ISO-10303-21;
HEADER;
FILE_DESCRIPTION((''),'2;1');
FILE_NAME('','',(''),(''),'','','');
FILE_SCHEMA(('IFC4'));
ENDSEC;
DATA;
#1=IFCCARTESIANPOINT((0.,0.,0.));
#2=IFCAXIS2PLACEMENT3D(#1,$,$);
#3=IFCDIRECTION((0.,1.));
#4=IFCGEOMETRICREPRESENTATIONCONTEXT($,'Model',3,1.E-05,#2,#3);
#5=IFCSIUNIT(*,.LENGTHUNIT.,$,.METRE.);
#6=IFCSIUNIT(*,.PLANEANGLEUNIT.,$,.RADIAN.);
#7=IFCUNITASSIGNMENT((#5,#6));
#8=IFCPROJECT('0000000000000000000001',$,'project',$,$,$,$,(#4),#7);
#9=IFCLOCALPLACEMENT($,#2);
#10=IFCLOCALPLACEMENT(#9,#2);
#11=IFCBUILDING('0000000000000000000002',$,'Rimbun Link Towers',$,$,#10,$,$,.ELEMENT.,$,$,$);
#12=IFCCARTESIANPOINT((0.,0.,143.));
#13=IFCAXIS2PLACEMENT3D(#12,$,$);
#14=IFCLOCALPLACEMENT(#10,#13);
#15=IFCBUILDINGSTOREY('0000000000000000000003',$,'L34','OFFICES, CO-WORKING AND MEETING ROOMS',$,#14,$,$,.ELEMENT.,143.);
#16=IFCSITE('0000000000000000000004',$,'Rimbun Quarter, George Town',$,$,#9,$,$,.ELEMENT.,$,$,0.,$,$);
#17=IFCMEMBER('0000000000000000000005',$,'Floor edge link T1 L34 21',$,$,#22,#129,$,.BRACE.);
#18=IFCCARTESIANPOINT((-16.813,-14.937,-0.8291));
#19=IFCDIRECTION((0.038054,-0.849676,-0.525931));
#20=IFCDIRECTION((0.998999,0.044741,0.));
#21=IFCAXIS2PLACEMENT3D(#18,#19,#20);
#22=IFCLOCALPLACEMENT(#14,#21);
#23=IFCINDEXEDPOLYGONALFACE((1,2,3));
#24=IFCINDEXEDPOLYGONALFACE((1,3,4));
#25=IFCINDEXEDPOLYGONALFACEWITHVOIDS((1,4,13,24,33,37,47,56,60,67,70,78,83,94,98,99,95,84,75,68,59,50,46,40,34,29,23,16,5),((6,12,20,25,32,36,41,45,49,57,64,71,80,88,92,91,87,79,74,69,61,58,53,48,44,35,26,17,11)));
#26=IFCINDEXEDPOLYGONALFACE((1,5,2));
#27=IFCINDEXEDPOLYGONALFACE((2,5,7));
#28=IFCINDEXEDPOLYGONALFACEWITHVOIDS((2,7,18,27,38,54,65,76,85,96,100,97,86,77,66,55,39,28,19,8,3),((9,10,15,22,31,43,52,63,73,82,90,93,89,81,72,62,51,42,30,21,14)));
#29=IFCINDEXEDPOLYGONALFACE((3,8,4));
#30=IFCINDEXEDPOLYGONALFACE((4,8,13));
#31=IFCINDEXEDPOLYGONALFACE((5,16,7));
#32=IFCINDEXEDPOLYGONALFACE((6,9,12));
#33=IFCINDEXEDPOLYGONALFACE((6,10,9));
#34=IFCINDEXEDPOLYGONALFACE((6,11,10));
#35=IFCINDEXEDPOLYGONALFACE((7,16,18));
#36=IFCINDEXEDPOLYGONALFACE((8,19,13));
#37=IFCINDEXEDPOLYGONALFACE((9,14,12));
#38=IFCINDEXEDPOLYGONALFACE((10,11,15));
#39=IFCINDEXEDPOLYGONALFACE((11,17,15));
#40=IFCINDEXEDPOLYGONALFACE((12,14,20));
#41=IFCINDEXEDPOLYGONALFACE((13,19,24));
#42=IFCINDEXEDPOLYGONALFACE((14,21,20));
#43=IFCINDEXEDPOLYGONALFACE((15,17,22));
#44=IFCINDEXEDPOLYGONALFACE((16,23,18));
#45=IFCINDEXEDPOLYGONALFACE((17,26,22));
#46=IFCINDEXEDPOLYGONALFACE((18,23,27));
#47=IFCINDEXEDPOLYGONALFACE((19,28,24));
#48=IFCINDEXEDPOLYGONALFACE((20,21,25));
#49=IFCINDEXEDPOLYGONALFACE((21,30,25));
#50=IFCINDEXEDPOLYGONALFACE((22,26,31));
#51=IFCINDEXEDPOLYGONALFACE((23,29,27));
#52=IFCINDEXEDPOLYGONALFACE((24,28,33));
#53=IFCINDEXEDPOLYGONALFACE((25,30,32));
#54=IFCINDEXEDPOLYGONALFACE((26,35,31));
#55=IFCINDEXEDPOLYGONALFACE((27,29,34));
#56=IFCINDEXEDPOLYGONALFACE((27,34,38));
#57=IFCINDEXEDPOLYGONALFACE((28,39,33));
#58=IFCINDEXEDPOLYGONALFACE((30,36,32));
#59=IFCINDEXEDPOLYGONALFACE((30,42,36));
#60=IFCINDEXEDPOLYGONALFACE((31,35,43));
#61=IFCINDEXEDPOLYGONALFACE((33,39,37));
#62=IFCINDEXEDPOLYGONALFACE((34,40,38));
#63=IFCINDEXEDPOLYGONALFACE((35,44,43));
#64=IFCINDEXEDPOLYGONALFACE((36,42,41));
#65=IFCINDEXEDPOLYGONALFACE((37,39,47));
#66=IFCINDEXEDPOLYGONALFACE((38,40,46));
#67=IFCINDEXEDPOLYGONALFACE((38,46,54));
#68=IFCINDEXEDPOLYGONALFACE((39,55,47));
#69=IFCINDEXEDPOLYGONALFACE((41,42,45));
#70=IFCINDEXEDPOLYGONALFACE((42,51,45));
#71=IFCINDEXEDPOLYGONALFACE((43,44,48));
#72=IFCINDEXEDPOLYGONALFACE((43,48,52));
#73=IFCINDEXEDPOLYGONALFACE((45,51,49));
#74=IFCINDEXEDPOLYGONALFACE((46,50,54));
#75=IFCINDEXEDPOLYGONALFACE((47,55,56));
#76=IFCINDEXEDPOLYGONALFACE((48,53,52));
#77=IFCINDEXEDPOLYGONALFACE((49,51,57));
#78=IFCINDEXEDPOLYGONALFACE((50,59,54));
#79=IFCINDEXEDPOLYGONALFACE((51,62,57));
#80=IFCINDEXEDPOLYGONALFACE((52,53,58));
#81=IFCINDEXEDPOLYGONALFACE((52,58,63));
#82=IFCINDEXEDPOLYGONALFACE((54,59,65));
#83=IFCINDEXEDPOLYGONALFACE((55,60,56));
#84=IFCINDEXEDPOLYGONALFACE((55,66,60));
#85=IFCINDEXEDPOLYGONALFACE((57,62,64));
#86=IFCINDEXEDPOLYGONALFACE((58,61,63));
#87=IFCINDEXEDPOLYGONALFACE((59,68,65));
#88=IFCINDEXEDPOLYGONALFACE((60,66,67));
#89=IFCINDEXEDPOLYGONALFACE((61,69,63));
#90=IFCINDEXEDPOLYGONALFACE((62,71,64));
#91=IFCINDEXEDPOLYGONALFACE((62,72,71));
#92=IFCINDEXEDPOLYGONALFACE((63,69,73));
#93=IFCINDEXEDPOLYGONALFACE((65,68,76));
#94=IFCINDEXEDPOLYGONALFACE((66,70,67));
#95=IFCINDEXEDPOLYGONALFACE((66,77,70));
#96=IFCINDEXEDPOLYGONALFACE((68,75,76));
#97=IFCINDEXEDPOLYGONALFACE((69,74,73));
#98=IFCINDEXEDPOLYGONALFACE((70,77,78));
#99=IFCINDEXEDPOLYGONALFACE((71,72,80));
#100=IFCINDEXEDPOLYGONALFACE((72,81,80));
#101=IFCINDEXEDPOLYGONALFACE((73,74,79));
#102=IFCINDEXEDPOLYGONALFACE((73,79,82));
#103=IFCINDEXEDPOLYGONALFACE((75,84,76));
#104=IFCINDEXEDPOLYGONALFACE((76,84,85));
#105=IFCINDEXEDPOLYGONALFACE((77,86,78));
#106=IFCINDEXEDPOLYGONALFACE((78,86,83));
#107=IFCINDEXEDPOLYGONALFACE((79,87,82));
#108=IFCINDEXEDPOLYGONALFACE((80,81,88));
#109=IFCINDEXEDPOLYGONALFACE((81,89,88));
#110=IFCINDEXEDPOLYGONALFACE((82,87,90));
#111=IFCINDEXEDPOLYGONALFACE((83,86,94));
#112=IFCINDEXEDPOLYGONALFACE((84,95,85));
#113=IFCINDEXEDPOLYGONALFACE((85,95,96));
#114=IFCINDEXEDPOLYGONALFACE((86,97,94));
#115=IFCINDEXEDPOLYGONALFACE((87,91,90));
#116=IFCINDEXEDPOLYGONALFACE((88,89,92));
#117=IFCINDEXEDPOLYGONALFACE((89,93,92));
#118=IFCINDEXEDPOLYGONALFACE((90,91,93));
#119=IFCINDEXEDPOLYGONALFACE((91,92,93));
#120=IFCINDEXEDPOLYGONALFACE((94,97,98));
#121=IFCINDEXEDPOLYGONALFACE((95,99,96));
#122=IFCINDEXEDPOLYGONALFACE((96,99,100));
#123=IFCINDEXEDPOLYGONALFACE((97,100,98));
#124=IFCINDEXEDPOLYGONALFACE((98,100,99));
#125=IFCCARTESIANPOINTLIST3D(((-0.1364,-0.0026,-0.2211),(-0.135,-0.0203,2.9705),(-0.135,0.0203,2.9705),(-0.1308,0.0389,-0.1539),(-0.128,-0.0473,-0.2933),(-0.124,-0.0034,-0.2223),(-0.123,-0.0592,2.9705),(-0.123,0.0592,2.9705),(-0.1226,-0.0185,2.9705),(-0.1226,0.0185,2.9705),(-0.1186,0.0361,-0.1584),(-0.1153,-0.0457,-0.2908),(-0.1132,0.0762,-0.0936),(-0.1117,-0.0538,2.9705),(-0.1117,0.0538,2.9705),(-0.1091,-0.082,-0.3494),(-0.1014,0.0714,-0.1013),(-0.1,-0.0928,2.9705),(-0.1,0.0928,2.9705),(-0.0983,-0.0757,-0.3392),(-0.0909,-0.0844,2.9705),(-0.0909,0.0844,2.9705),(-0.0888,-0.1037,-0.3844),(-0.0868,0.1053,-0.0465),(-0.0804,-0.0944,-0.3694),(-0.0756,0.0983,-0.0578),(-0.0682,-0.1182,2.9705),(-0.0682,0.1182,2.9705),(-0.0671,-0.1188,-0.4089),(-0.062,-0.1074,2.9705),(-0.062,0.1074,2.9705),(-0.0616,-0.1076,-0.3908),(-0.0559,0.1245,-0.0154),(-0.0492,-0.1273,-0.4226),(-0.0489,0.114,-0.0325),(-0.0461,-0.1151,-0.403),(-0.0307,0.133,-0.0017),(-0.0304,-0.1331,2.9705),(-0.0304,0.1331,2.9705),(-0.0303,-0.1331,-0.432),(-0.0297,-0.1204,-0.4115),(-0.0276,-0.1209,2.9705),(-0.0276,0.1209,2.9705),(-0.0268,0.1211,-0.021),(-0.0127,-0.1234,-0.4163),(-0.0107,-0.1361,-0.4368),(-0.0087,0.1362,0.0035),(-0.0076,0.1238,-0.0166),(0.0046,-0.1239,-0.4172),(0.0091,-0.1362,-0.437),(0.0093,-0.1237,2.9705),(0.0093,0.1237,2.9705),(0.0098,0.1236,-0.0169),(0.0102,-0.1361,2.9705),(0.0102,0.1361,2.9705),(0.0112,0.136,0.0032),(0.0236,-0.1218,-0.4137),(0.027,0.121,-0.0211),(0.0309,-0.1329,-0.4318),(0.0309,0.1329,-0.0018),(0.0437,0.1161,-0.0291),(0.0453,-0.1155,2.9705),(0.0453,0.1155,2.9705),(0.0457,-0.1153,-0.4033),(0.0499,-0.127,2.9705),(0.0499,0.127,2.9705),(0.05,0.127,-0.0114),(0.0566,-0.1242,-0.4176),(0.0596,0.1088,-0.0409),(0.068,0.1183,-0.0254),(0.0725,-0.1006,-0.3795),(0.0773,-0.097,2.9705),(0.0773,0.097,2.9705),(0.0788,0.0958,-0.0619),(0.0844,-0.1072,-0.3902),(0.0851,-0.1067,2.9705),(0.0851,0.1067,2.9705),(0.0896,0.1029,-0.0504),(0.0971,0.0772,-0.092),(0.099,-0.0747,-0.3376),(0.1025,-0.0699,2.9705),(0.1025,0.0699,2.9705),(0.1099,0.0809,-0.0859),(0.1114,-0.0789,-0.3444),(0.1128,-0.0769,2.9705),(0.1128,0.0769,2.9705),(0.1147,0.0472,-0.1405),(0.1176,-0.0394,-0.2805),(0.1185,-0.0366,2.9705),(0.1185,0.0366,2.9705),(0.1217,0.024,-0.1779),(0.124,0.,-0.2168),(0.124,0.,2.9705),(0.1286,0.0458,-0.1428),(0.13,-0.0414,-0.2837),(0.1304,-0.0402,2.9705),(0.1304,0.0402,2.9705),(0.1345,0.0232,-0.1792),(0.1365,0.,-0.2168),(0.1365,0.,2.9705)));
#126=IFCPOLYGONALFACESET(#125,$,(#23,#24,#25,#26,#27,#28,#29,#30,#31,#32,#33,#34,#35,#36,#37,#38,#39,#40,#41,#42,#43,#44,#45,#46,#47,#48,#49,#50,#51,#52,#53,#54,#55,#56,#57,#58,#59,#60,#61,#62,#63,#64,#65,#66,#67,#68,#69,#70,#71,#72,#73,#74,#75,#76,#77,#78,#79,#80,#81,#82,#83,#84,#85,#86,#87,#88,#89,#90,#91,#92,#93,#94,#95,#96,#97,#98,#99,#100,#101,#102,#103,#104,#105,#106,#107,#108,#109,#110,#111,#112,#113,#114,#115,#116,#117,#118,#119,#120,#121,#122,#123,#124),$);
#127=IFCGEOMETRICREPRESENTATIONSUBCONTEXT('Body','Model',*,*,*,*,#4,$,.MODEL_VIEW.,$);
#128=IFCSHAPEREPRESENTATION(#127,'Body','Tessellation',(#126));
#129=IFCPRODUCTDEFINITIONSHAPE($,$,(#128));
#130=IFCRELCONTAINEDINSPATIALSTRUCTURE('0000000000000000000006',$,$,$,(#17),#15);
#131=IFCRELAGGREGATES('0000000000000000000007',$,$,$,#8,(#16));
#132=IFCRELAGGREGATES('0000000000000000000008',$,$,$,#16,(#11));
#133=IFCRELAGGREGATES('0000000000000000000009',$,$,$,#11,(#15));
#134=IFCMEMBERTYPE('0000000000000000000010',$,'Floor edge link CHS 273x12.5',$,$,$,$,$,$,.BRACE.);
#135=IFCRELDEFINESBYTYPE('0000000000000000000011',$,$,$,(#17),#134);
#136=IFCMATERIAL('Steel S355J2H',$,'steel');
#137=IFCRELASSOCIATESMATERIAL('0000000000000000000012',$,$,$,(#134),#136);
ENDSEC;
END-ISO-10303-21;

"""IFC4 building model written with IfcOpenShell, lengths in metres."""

from ifc_helpers import new_model, si_unit, direction, frame, origin, origin_2d, place, context, subcontext, project, spatial, hollow_circle, extrude, clip, halfspace, material, material_profile, profile_set, type_object, element, save


model = new_model("IFC4")

# Units and contexts
model_context = context("Model", 3, precision=1e-05, world=origin(), true_north=direction((0.0, 1.0)))
body_context = subcontext(model_context, "Body", "Model", "MODEL_VIEW")
ifc_project = project(units=[si_unit("LENGTHUNIT", "METRE"), si_unit("PLANEANGLEUNIT", "RADIAN")], contexts=[model_context])

# Site, building, storey
site_placement = place(None, origin())
site = spatial("IfcSite", under=ifc_project, at=site_placement, Name="Rimbun Quarter, George Town", CompositionType="ELEMENT", RefElevation=0.0)
building_placement = place(site_placement, origin())
building = spatial("IfcBuilding", under=site, at=building_placement, Name="Rimbun Link Towers", CompositionType="ELEMENT")
storey_placement = place(building_placement, frame((0.0, 0.0, 143.0)))
storey = spatial("IfcBuildingStorey", under=building, at=storey_placement, Name="L34", Description="OFFICES, CO-WORKING AND MEETING ROOMS", CompositionType="ELEMENT", Elevation=143.0)

# Member
ifc_material_1 = material(Name="Steel S355J2H", Category="steel")
ifc_material_profile_1 = material_profile(ifc_material_1, hollow_circle(Radius=0.1365, WallThickness=0.0125, at=origin_2d()), Name="CHS 273x12.5")
ifc_profile_set_1 = profile_set([ifc_material_profile_1], Name="Steel S355J2H")
member_type_1 = type_object("IfcMemberType", Name="Floor edge link CHS 273x12.5", PredefinedType="BRACE", material=ifc_profile_set_1)
member_1_placement = place(storey_placement, frame((-16.813, -14.937, -0.8291), z_axis=(0.038054, -0.849676, -0.525931), x_axis=(0.998999, 0.044741, 0.0)))
element("IfcMember", 1, at=member_1_placement, inside=storey, type_object=member_type_1, Name="Floor edge link T1 L34 21", PredefinedType="BRACE", context=body_context, shape_type="Clipping", body=[
    clip(extrude(hollow_circle(Radius=0.1365, WallThickness=0.0125, at=origin_2d()), frame((0.0, 0.0, -0.4604)), (0.0, 0.0, 1.0), 3.4309), halfspace(frame((0.0, 0.0, -0.2168), z_axis=(0.0, 0.850527, -0.525931)), False)),
])

save(model, "model.ifc")
